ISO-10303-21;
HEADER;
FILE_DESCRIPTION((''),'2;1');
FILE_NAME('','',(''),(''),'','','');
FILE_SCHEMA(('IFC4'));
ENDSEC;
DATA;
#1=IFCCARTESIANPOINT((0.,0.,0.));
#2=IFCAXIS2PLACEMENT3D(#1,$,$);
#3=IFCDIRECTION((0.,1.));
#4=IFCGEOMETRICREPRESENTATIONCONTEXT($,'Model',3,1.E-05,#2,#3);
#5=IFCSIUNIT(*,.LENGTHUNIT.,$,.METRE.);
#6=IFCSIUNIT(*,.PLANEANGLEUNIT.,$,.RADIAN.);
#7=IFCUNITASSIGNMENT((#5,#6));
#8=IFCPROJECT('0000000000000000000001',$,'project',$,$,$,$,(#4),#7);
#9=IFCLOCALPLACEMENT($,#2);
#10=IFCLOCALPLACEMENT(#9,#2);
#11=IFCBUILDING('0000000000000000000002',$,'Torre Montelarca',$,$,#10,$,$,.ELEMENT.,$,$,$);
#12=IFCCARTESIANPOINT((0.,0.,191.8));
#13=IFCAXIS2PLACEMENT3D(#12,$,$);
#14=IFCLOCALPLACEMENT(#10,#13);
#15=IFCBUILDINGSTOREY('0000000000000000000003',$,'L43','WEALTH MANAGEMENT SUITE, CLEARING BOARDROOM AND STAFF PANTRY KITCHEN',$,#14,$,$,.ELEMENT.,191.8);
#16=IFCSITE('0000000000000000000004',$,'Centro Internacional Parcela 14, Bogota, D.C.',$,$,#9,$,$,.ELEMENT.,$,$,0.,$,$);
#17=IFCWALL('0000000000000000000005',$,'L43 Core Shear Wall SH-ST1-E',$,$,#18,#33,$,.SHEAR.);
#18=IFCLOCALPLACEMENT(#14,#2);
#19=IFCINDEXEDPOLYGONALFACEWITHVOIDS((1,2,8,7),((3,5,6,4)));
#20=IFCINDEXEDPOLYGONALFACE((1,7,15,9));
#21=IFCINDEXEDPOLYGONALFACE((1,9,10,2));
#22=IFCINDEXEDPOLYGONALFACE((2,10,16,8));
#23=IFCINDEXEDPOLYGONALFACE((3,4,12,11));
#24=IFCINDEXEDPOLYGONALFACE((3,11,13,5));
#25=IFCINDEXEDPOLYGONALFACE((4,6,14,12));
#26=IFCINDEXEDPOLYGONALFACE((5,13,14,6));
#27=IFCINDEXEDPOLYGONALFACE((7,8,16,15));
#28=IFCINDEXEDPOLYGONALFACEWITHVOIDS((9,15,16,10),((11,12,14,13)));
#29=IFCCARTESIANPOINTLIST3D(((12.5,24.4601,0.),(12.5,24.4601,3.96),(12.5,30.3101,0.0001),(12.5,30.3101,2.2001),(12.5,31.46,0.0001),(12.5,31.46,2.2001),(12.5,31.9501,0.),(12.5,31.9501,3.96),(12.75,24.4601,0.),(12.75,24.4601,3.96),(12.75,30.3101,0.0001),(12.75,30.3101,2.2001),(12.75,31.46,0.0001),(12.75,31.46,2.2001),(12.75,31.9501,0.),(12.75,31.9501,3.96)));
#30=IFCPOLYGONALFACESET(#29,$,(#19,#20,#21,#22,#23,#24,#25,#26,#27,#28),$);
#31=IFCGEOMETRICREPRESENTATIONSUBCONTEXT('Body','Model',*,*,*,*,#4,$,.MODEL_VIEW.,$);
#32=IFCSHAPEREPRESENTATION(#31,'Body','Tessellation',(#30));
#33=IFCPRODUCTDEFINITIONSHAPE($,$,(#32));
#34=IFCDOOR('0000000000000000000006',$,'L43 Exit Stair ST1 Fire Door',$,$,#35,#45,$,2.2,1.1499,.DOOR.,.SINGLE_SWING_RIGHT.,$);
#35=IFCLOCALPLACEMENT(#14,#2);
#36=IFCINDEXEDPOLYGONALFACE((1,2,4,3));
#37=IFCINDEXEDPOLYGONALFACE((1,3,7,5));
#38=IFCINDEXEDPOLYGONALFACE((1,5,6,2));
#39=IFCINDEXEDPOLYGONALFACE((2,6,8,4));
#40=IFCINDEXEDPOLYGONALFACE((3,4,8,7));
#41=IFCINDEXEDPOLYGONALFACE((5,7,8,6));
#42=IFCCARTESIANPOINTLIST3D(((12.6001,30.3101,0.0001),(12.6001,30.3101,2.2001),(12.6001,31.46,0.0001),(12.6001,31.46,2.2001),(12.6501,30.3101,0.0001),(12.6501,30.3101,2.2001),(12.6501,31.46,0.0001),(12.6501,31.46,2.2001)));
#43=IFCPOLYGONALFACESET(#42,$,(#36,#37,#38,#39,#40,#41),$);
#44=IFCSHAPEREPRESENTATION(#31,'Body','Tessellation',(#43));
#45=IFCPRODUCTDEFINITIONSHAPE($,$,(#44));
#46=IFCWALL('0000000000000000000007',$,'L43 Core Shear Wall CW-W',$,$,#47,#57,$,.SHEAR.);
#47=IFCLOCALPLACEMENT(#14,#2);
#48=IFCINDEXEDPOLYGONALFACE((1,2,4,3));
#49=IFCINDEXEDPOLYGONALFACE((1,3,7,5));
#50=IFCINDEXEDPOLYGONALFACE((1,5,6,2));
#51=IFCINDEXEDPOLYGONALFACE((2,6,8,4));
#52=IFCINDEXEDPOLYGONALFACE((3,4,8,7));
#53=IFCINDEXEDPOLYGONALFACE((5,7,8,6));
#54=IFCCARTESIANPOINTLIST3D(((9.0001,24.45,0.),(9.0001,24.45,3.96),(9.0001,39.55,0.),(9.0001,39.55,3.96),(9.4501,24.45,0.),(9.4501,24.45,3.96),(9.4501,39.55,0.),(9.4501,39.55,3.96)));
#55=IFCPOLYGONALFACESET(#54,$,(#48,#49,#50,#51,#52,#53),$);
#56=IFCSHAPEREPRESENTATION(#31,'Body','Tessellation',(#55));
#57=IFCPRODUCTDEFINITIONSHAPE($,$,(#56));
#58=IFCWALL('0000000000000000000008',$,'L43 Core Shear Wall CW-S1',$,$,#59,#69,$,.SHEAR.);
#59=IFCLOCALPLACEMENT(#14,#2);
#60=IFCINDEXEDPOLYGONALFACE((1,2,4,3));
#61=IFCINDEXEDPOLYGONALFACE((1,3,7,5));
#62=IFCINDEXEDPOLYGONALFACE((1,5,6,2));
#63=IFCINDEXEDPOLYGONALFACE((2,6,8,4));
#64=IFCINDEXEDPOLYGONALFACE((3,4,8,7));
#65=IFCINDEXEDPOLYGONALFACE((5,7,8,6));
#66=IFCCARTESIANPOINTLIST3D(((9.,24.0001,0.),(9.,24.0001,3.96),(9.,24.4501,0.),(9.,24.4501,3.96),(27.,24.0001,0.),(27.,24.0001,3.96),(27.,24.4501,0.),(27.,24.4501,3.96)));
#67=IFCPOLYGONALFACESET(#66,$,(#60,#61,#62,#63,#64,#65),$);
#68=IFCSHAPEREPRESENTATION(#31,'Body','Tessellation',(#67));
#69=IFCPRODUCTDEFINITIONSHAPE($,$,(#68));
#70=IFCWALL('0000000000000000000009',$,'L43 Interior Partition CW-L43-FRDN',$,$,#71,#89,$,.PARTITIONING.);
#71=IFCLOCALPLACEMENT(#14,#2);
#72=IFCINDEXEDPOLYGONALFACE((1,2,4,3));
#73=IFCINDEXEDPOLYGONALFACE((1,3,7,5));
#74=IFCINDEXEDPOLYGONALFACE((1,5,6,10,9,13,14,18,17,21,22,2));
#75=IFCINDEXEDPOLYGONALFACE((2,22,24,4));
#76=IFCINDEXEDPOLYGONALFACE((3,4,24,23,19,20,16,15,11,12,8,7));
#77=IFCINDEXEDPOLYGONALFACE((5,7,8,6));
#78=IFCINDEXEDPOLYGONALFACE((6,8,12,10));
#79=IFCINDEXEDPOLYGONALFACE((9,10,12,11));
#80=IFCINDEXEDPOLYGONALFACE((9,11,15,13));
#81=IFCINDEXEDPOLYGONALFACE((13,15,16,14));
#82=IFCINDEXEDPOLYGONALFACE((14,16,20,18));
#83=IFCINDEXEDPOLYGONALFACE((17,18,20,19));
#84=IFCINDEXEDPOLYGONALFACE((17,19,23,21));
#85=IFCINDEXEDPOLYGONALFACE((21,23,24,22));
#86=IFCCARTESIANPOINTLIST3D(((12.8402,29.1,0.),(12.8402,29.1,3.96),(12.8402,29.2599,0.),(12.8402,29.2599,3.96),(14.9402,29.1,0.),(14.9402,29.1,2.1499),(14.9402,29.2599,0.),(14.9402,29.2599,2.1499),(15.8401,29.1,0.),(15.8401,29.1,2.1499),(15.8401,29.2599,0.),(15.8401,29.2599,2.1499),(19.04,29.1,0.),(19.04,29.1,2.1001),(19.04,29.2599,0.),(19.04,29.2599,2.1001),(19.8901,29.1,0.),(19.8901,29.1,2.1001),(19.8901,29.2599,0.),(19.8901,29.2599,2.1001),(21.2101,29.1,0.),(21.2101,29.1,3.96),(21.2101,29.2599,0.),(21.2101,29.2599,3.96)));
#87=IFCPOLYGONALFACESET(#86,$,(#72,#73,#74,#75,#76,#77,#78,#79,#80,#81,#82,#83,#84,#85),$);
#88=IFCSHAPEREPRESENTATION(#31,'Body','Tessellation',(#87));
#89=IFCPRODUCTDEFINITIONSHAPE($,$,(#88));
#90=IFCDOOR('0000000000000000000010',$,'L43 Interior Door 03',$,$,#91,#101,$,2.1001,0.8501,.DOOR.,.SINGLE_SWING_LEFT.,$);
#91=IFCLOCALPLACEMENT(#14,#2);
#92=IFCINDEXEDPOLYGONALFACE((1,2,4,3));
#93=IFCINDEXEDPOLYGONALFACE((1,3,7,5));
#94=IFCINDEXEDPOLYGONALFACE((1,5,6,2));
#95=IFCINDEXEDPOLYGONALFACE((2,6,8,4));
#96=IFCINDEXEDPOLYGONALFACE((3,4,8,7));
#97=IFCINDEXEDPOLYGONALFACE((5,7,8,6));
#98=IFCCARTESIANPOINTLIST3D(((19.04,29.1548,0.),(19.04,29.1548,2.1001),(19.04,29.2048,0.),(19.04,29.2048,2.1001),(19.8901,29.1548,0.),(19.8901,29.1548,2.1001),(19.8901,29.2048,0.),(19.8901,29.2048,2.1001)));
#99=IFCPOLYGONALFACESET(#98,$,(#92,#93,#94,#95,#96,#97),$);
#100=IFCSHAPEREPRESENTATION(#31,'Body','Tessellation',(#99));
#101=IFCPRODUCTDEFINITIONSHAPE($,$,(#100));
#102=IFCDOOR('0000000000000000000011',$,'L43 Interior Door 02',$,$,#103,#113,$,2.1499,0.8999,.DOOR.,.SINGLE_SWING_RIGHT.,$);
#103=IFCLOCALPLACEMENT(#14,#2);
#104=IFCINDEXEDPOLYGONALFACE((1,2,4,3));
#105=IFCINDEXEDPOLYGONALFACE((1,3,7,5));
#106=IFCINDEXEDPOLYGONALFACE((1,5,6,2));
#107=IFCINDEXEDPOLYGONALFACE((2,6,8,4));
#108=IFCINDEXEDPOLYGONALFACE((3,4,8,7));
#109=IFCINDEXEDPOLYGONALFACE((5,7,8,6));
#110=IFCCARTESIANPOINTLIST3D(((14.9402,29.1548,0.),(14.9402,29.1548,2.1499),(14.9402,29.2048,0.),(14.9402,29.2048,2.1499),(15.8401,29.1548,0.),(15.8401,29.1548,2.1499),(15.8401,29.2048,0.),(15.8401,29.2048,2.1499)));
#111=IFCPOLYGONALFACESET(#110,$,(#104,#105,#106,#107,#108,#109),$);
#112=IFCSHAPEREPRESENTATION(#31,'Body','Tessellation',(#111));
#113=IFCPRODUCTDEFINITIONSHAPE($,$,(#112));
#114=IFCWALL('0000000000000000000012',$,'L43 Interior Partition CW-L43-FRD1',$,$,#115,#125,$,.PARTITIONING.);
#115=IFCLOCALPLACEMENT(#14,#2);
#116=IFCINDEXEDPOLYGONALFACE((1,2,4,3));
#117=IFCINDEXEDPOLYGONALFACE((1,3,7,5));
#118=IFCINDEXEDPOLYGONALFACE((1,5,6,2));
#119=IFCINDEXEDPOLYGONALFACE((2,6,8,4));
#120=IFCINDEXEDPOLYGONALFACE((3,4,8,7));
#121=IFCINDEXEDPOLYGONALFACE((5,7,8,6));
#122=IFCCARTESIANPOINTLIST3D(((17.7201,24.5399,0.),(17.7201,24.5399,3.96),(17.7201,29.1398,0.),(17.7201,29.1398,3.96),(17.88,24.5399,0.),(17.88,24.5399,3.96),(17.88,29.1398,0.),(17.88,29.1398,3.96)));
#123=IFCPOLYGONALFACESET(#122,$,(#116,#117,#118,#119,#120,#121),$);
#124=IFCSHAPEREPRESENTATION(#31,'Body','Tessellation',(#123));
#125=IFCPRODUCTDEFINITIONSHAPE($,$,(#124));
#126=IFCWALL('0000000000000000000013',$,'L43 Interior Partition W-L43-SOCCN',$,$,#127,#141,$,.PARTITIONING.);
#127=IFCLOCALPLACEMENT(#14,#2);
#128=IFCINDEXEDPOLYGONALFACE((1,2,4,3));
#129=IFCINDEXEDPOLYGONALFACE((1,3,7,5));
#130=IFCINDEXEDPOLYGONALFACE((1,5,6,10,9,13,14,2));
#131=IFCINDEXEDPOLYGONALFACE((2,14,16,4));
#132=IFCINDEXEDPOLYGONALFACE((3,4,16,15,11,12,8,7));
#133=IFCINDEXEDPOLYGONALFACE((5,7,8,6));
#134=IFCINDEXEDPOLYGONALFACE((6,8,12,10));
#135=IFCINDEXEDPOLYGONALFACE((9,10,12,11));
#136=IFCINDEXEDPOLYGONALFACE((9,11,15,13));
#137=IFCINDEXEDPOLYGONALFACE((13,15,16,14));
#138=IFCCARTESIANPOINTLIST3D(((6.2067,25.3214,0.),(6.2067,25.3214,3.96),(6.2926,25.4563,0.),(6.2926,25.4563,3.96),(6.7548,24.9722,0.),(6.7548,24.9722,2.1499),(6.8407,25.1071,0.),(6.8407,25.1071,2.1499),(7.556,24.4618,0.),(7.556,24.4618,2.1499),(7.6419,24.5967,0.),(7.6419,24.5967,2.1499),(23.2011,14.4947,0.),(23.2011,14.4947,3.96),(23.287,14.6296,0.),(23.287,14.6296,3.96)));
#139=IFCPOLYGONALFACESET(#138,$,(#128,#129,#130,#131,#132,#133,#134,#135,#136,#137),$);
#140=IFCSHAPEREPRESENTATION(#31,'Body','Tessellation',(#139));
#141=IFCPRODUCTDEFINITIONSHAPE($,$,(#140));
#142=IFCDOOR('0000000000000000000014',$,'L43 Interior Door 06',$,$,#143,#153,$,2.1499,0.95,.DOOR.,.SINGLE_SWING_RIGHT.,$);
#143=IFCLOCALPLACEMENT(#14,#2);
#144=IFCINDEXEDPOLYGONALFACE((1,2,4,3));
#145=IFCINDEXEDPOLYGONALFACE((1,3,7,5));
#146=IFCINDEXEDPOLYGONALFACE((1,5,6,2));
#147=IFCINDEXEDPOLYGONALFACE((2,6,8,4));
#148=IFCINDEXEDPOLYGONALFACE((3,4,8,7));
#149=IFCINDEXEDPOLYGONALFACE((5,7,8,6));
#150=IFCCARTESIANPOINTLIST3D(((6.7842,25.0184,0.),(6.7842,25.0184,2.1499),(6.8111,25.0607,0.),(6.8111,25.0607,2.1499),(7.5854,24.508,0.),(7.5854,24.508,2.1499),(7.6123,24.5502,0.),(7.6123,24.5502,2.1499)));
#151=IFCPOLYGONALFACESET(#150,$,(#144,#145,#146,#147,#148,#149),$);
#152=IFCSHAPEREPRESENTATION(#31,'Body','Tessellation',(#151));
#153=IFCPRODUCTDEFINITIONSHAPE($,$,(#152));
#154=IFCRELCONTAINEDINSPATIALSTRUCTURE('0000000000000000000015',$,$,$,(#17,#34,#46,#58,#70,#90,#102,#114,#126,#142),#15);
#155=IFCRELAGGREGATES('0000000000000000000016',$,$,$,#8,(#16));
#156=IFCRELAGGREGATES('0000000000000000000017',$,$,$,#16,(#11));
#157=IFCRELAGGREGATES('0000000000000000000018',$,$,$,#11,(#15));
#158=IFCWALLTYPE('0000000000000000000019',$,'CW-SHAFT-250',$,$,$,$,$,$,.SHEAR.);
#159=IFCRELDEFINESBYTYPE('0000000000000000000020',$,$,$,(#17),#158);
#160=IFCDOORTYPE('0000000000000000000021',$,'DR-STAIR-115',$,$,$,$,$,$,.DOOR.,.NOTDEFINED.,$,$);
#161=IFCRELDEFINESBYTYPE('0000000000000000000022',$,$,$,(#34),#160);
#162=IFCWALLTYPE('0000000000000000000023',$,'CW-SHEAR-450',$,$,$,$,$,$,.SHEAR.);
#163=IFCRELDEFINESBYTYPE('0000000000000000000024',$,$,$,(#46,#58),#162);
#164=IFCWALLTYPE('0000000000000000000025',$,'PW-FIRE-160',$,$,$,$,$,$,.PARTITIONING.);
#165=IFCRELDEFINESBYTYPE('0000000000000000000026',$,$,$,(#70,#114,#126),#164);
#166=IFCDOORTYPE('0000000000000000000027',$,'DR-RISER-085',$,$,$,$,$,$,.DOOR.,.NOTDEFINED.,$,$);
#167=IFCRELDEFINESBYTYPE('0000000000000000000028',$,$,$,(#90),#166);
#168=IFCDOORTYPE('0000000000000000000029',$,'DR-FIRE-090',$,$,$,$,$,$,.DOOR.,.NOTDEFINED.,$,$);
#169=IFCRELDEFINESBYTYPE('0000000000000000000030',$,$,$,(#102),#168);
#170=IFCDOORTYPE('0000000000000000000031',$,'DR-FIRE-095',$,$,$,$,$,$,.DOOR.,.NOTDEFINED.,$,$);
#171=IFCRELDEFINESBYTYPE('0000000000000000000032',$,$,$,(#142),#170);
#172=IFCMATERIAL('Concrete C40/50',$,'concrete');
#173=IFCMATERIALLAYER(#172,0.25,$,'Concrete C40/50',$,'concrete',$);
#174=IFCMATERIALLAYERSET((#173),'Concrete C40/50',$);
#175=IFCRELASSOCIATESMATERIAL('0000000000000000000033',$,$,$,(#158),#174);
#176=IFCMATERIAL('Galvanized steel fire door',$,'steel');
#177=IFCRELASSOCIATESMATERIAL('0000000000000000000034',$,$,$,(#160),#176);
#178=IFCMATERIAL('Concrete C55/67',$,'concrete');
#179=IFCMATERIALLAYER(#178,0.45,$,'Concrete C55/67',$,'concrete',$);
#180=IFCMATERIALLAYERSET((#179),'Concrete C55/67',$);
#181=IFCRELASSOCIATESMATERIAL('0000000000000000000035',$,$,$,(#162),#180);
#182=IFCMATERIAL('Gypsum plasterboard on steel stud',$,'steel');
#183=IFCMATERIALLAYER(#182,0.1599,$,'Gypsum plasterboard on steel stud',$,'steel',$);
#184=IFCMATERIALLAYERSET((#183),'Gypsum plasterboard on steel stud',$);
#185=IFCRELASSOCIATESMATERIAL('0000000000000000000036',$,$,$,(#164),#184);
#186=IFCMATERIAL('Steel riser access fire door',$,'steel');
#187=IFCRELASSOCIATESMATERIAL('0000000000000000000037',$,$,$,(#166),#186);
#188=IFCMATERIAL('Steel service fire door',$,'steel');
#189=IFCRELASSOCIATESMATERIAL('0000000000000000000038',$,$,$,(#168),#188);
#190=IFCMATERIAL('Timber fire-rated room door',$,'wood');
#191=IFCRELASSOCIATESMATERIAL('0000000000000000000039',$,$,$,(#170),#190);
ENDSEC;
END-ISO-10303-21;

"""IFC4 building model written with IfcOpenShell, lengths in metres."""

from ifc_helpers import new_model, si_unit, direction, frame, frame_2d, origin, place, context, subcontext, project, spatial, rectangle, extrude, source, transform, mapped, material, layer, layer_set, type_object, element, fill, save


model = new_model("IFC4")

# Units and contexts
model_context = context("Model", 3, precision=1e-05, world=origin(), true_north=direction((0.0, 1.0)))
body_context = subcontext(model_context, "Body", "Model", "MODEL_VIEW")
ifc_project = project(units=[si_unit("LENGTHUNIT", "METRE"), si_unit("PLANEANGLEUNIT", "RADIAN")], contexts=[model_context])

# Site, building, storey
site_placement = place(None, origin())
site = spatial("IfcSite", under=ifc_project, at=site_placement, Name="Centro Internacional Parcela 14, Bogota, D.C.", CompositionType="ELEMENT", RefElevation=0.0)
building_placement = place(site_placement, origin())
building = spatial("IfcBuilding", under=site, at=building_placement, Name="Torre Montelarca", CompositionType="ELEMENT")
storey_placement = place(building_placement, frame((0.0, 0.0, 191.8)))
storey = spatial("IfcBuildingStorey", under=building, at=storey_placement, Name="L43", Description="WEALTH MANAGEMENT SUITE, CLEARING BOARDROOM AND STAFF PANTRY KITCHEN", CompositionType="ELEMENT", Elevation=191.8)

# Shared definitions
ifc_material_1 = material(Name="Concrete C55/67", Category="concrete")

# Wall, opening, door
ifc_material_2 = material(Name="Concrete C40/50", Category="concrete")
ifc_layer_1 = layer(ifc_material_2, 0.25, Name="Concrete C40/50", Category="concrete")
ifc_layer_set_1 = layer_set([ifc_layer_1], Name="Concrete C40/50")
wall_type_1 = type_object("IfcWallType", Name="CW-SHAFT-250", PredefinedType="SHEAR", material=ifc_layer_set_1)
wall_1_placement = place(storey_placement, frame((12.625, 24.46, 0.0), z_axis=(0.0, 0.0, 1.0), x_axis=(0.0, 1.0, 0.0)))
wall_1 = element("IfcWall", 1, at=wall_1_placement, inside=storey, type_object=wall_type_1, Name="L43 Core Shear Wall SH-ST1-E", PredefinedType="SHEAR", context=body_context, shape_type="SweptSolid", body=[
    extrude(rectangle(XDim=7.49, YDim=0.25, at=frame_2d((3.7451, 0.0))), origin(), (0.0, 0.0, 1.0), 3.96),
])
opening_1_placement = place(wall_1_placement, frame((5.8501, 0.0, 0.0)))
opening_1 = element("IfcOpeningElement", 2, at=opening_1_placement, cuts=wall_1, PredefinedType="OPENING", context=body_context, shape_type="SweptSolid", body=[
    extrude(rectangle(XDim=1.1499, YDim=2.2, at=frame_2d((0.575, 1.1001))), frame((0.0, 0.135, 0.0), z_axis=(0.0, -1.0, 0.0), x_axis=(1.0, 0.0, 0.0)), (0.0, 0.0, 1.0), 0.27),
])
ifc_material_3 = material(Name="Galvanized steel fire door", Category="steel")
door_type_1 = type_object("IfcDoorType", Name="DR-STAIR-115", OperationType="NOTDEFINED", PredefinedType="DOOR", material=ifc_material_3)
shared_shape_1 = source(origin(), body_context, "Body", "SweptSolid", [
    extrude(rectangle(XDim=1.1499, YDim=2.2, at=frame_2d((0.575, 1.1001))), frame((0.0, 0.0249, 0.0), z_axis=(0.0, -1.0, 0.0), x_axis=(1.0, 0.0, 0.0)), (0.0, 0.0, 1.0), 0.05),
])
door_1_placement = place(opening_1_placement, origin())
door_1 = element("IfcDoor", 3, at=door_1_placement, inside=storey, type_object=door_type_1, Name="L43 Exit Stair ST1 Fire Door", OperationType="SINGLE_SWING_RIGHT", OverallHeight=2.2, OverallWidth=1.1499, PredefinedType="DOOR", context=body_context, shape_type="MappedRepresentation", body=[
    mapped(shared_shape_1, transform((0.0, 0.0, 0.0), scale=1.0)),
])
fill(opening_1, door_1)

# Walls
ifc_layer_2 = layer(ifc_material_1, 0.45, Name="Concrete C55/67", Category="concrete")
ifc_layer_set_2 = layer_set([ifc_layer_2], Name="Concrete C55/67")
wall_type_2 = type_object("IfcWallType", Name="CW-SHEAR-450", PredefinedType="SHEAR", material=ifc_layer_set_2)
wall_2_placement = place(storey_placement, frame((9.2251, 24.45, 0.0), z_axis=(0.0, 0.0, 1.0), x_axis=(0.0, 1.0, 0.0)))
element("IfcWall", 4, at=wall_2_placement, inside=storey, type_object=wall_type_2, Name="L43 Core Shear Wall CW-W", PredefinedType="SHEAR", context=body_context, shape_type="SweptSolid", body=[
    extrude(rectangle(XDim=15.1001, YDim=0.45, at=frame_2d((7.55, 0.0))), origin(), (0.0, 0.0, 1.0), 3.96),
])
wall_3_placement = place(storey_placement, frame((9.0, 24.2251, 0.0), z_axis=(0.0, 0.0, 1.0), x_axis=(1.0, 0.0, 0.0)))
element("IfcWall", 5, at=wall_3_placement, inside=storey, type_object=wall_type_2, Name="L43 Core Shear Wall CW-S1", PredefinedType="SHEAR", context=body_context, shape_type="SweptSolid", body=[
    extrude(rectangle(XDim=18.0, YDim=0.45, at=frame_2d((9.0, 0.0))), origin(), (0.0, 0.0, 1.0), 3.96),
])

# Wall, openings, doors
ifc_material_4 = material(Name="Gypsum plasterboard on steel stud", Category="steel")
ifc_layer_3 = layer(ifc_material_4, 0.1599, Name="Gypsum plasterboard on steel stud", Category="steel")
ifc_layer_set_3 = layer_set([ifc_layer_3], Name="Gypsum plasterboard on steel stud")
wall_type_3 = type_object("IfcWallType", Name="PW-FIRE-160", PredefinedType="PARTITIONING", material=ifc_layer_set_3)
wall_4_placement = place(storey_placement, frame((12.8401, 29.1799, 0.0), z_axis=(0.0, 0.0, 1.0), x_axis=(1.0, 0.0, 0.0)))
wall_4 = element("IfcWall", 6, at=wall_4_placement, inside=storey, type_object=wall_type_3, Name="L43 Interior Partition CW-L43-FRDN", PredefinedType="PARTITIONING", context=body_context, shape_type="SweptSolid", body=[
    extrude(rectangle(XDim=8.3699, YDim=0.1599, at=frame_2d((4.1851, 0.0))), origin(), (0.0, 0.0, 1.0), 3.96),
])
opening_2_placement = place(wall_4_placement, frame((2.1001, 0.0, 0.0)))
opening_2 = element("IfcOpeningElement", 7, at=opening_2_placement, cuts=wall_4, PredefinedType="OPENING", context=body_context, shape_type="SweptSolid", body=[
    extrude(rectangle(XDim=0.8999, YDim=2.1499, at=frame_2d((0.45, 1.075))), frame((0.0, 0.0898, 0.0), z_axis=(0.0, -1.0, 0.0), x_axis=(1.0, 0.0, 0.0)), (0.0, 0.0, 1.0), 0.1799),
])
opening_3_placement = place(wall_4_placement, frame((6.2, 0.0, 0.0)))
opening_3 = element("IfcOpeningElement", 8, at=opening_3_placement, cuts=wall_4, PredefinedType="OPENING", context=body_context, shape_type="SweptSolid", body=[
    extrude(rectangle(XDim=0.8501, YDim=2.1001, at=frame_2d((0.425, 1.05))), frame((0.0, 0.0898, 0.0), z_axis=(0.0, -1.0, 0.0), x_axis=(1.0, 0.0, 0.0)), (0.0, 0.0, 1.0), 0.1799),
])
ifc_material_5 = material(Name="Steel riser access fire door", Category="steel")
door_type_2 = type_object("IfcDoorType", Name="DR-RISER-085", OperationType="NOTDEFINED", PredefinedType="DOOR", material=ifc_material_5)
shared_shape_2 = source(origin(), body_context, "Body", "SweptSolid", [
    extrude(rectangle(XDim=0.8501, YDim=2.1001, at=frame_2d((0.425, 1.05))), frame((0.0, 0.0249, 0.0), z_axis=(0.0, -1.0, 0.0), x_axis=(1.0, 0.0, 0.0)), (0.0, 0.0, 1.0), 0.05),
])
door_2_placement = place(opening_3_placement, origin())
door_2 = element("IfcDoor", 9, at=door_2_placement, inside=storey, type_object=door_type_2, Name="L43 Interior Door 03", OperationType="SINGLE_SWING_LEFT", OverallHeight=2.1001, OverallWidth=0.8501, PredefinedType="DOOR", context=body_context, shape_type="MappedRepresentation", body=[
    mapped(shared_shape_2, transform((0.0, 0.0, 0.0), scale=1.0)),
])
fill(opening_3, door_2)
ifc_material_6 = material(Name="Steel service fire door", Category="steel")
door_type_3 = type_object("IfcDoorType", Name="DR-FIRE-090", OperationType="NOTDEFINED", PredefinedType="DOOR", material=ifc_material_6)
shared_shape_3 = source(origin(), body_context, "Body", "SweptSolid", [
    extrude(rectangle(XDim=0.8999, YDim=2.1499, at=frame_2d((0.45, 1.075))), frame((0.0, 0.0249, 0.0), z_axis=(0.0, -1.0, 0.0), x_axis=(1.0, 0.0, 0.0)), (0.0, 0.0, 1.0), 0.05),
])
door_3_placement = place(opening_2_placement, origin())
door_3 = element("IfcDoor", 10, at=door_3_placement, inside=storey, type_object=door_type_3, Name="L43 Interior Door 02", OperationType="SINGLE_SWING_RIGHT", OverallHeight=2.1499, OverallWidth=0.8999, PredefinedType="DOOR", context=body_context, shape_type="MappedRepresentation", body=[
    mapped(shared_shape_3, transform((0.0, 0.0, 0.0), scale=1.0)),
])
fill(opening_2, door_3)

# Wall
wall_5_placement = place(storey_placement, frame((17.8, 24.54, 0.0), z_axis=(0.0, 0.0, 1.0), x_axis=(0.0, 1.0, 0.0)))
element("IfcWall", 11, at=wall_5_placement, inside=storey, type_object=wall_type_3, Name="L43 Interior Partition CW-L43-FRD1", PredefinedType="PARTITIONING", context=body_context, shape_type="SweptSolid", body=[
    extrude(rectangle(XDim=4.5999, YDim=0.1599, at=frame_2d((2.2998, 0.0))), origin(), (0.0, 0.0, 1.0), 3.96),
])

# Wall, opening, door
wall_6_placement = place(storey_placement, frame((6.2495, 25.3889, 0.0), z_axis=(0.0, 0.0, 1.0), x_axis=(0.84339, -0.537301, 0.0)))
wall_6 = element("IfcWall", 12, at=wall_6_placement, inside=storey, type_object=wall_type_3, Name="L43 Interior Partition W-L43-SOCCN", PredefinedType="PARTITIONING", context=body_context, shape_type="SweptSolid", body=[
    extrude(rectangle(XDim=20.1501, YDim=0.1599, at=frame_2d((10.0752, 0.0))), origin(), (0.0, 0.0, 1.0), 3.96),
])
opening_4_placement = place(wall_6_placement, frame((0.6499, 0.0, 0.0)))
opening_4 = element("IfcOpeningElement", 13, at=opening_4_placement, cuts=wall_6, PredefinedType="OPENING", context=body_context, shape_type="SweptSolid", body=[
    extrude(rectangle(XDim=0.95, YDim=2.1499, at=frame_2d((0.4751, 1.075))), frame((0.0, 0.0898, 0.0), z_axis=(0.0, -1.0, 0.0), x_axis=(1.0, 0.0, 0.0)), (0.0, 0.0, 1.0), 0.1799),
])
ifc_material_7 = material(Name="Timber fire-rated room door", Category="wood")
door_type_4 = type_object("IfcDoorType", Name="DR-FIRE-095", OperationType="NOTDEFINED", PredefinedType="DOOR", material=ifc_material_7)
shared_shape_4 = source(origin(), body_context, "Body", "SweptSolid", [
    extrude(rectangle(XDim=0.95, YDim=2.1499, at=frame_2d((0.4751, 1.075))), frame((0.0, 0.0249, 0.0), z_axis=(0.0, -1.0, 0.0), x_axis=(1.0, 0.0, 0.0)), (0.0, 0.0, 1.0), 0.05),
])
door_4_placement = place(opening_4_placement, origin())
door_4 = element("IfcDoor", 14, at=door_4_placement, inside=storey, type_object=door_type_4, Name="L43 Interior Door 06", OperationType="SINGLE_SWING_RIGHT", OverallHeight=2.1499, OverallWidth=0.95, PredefinedType="DOOR", context=body_context, shape_type="MappedRepresentation", body=[
    mapped(shared_shape_4, transform((0.0, 0.0, 0.0), scale=1.0)),
])
fill(opening_4, door_4)

save(model, "model.ifc")
